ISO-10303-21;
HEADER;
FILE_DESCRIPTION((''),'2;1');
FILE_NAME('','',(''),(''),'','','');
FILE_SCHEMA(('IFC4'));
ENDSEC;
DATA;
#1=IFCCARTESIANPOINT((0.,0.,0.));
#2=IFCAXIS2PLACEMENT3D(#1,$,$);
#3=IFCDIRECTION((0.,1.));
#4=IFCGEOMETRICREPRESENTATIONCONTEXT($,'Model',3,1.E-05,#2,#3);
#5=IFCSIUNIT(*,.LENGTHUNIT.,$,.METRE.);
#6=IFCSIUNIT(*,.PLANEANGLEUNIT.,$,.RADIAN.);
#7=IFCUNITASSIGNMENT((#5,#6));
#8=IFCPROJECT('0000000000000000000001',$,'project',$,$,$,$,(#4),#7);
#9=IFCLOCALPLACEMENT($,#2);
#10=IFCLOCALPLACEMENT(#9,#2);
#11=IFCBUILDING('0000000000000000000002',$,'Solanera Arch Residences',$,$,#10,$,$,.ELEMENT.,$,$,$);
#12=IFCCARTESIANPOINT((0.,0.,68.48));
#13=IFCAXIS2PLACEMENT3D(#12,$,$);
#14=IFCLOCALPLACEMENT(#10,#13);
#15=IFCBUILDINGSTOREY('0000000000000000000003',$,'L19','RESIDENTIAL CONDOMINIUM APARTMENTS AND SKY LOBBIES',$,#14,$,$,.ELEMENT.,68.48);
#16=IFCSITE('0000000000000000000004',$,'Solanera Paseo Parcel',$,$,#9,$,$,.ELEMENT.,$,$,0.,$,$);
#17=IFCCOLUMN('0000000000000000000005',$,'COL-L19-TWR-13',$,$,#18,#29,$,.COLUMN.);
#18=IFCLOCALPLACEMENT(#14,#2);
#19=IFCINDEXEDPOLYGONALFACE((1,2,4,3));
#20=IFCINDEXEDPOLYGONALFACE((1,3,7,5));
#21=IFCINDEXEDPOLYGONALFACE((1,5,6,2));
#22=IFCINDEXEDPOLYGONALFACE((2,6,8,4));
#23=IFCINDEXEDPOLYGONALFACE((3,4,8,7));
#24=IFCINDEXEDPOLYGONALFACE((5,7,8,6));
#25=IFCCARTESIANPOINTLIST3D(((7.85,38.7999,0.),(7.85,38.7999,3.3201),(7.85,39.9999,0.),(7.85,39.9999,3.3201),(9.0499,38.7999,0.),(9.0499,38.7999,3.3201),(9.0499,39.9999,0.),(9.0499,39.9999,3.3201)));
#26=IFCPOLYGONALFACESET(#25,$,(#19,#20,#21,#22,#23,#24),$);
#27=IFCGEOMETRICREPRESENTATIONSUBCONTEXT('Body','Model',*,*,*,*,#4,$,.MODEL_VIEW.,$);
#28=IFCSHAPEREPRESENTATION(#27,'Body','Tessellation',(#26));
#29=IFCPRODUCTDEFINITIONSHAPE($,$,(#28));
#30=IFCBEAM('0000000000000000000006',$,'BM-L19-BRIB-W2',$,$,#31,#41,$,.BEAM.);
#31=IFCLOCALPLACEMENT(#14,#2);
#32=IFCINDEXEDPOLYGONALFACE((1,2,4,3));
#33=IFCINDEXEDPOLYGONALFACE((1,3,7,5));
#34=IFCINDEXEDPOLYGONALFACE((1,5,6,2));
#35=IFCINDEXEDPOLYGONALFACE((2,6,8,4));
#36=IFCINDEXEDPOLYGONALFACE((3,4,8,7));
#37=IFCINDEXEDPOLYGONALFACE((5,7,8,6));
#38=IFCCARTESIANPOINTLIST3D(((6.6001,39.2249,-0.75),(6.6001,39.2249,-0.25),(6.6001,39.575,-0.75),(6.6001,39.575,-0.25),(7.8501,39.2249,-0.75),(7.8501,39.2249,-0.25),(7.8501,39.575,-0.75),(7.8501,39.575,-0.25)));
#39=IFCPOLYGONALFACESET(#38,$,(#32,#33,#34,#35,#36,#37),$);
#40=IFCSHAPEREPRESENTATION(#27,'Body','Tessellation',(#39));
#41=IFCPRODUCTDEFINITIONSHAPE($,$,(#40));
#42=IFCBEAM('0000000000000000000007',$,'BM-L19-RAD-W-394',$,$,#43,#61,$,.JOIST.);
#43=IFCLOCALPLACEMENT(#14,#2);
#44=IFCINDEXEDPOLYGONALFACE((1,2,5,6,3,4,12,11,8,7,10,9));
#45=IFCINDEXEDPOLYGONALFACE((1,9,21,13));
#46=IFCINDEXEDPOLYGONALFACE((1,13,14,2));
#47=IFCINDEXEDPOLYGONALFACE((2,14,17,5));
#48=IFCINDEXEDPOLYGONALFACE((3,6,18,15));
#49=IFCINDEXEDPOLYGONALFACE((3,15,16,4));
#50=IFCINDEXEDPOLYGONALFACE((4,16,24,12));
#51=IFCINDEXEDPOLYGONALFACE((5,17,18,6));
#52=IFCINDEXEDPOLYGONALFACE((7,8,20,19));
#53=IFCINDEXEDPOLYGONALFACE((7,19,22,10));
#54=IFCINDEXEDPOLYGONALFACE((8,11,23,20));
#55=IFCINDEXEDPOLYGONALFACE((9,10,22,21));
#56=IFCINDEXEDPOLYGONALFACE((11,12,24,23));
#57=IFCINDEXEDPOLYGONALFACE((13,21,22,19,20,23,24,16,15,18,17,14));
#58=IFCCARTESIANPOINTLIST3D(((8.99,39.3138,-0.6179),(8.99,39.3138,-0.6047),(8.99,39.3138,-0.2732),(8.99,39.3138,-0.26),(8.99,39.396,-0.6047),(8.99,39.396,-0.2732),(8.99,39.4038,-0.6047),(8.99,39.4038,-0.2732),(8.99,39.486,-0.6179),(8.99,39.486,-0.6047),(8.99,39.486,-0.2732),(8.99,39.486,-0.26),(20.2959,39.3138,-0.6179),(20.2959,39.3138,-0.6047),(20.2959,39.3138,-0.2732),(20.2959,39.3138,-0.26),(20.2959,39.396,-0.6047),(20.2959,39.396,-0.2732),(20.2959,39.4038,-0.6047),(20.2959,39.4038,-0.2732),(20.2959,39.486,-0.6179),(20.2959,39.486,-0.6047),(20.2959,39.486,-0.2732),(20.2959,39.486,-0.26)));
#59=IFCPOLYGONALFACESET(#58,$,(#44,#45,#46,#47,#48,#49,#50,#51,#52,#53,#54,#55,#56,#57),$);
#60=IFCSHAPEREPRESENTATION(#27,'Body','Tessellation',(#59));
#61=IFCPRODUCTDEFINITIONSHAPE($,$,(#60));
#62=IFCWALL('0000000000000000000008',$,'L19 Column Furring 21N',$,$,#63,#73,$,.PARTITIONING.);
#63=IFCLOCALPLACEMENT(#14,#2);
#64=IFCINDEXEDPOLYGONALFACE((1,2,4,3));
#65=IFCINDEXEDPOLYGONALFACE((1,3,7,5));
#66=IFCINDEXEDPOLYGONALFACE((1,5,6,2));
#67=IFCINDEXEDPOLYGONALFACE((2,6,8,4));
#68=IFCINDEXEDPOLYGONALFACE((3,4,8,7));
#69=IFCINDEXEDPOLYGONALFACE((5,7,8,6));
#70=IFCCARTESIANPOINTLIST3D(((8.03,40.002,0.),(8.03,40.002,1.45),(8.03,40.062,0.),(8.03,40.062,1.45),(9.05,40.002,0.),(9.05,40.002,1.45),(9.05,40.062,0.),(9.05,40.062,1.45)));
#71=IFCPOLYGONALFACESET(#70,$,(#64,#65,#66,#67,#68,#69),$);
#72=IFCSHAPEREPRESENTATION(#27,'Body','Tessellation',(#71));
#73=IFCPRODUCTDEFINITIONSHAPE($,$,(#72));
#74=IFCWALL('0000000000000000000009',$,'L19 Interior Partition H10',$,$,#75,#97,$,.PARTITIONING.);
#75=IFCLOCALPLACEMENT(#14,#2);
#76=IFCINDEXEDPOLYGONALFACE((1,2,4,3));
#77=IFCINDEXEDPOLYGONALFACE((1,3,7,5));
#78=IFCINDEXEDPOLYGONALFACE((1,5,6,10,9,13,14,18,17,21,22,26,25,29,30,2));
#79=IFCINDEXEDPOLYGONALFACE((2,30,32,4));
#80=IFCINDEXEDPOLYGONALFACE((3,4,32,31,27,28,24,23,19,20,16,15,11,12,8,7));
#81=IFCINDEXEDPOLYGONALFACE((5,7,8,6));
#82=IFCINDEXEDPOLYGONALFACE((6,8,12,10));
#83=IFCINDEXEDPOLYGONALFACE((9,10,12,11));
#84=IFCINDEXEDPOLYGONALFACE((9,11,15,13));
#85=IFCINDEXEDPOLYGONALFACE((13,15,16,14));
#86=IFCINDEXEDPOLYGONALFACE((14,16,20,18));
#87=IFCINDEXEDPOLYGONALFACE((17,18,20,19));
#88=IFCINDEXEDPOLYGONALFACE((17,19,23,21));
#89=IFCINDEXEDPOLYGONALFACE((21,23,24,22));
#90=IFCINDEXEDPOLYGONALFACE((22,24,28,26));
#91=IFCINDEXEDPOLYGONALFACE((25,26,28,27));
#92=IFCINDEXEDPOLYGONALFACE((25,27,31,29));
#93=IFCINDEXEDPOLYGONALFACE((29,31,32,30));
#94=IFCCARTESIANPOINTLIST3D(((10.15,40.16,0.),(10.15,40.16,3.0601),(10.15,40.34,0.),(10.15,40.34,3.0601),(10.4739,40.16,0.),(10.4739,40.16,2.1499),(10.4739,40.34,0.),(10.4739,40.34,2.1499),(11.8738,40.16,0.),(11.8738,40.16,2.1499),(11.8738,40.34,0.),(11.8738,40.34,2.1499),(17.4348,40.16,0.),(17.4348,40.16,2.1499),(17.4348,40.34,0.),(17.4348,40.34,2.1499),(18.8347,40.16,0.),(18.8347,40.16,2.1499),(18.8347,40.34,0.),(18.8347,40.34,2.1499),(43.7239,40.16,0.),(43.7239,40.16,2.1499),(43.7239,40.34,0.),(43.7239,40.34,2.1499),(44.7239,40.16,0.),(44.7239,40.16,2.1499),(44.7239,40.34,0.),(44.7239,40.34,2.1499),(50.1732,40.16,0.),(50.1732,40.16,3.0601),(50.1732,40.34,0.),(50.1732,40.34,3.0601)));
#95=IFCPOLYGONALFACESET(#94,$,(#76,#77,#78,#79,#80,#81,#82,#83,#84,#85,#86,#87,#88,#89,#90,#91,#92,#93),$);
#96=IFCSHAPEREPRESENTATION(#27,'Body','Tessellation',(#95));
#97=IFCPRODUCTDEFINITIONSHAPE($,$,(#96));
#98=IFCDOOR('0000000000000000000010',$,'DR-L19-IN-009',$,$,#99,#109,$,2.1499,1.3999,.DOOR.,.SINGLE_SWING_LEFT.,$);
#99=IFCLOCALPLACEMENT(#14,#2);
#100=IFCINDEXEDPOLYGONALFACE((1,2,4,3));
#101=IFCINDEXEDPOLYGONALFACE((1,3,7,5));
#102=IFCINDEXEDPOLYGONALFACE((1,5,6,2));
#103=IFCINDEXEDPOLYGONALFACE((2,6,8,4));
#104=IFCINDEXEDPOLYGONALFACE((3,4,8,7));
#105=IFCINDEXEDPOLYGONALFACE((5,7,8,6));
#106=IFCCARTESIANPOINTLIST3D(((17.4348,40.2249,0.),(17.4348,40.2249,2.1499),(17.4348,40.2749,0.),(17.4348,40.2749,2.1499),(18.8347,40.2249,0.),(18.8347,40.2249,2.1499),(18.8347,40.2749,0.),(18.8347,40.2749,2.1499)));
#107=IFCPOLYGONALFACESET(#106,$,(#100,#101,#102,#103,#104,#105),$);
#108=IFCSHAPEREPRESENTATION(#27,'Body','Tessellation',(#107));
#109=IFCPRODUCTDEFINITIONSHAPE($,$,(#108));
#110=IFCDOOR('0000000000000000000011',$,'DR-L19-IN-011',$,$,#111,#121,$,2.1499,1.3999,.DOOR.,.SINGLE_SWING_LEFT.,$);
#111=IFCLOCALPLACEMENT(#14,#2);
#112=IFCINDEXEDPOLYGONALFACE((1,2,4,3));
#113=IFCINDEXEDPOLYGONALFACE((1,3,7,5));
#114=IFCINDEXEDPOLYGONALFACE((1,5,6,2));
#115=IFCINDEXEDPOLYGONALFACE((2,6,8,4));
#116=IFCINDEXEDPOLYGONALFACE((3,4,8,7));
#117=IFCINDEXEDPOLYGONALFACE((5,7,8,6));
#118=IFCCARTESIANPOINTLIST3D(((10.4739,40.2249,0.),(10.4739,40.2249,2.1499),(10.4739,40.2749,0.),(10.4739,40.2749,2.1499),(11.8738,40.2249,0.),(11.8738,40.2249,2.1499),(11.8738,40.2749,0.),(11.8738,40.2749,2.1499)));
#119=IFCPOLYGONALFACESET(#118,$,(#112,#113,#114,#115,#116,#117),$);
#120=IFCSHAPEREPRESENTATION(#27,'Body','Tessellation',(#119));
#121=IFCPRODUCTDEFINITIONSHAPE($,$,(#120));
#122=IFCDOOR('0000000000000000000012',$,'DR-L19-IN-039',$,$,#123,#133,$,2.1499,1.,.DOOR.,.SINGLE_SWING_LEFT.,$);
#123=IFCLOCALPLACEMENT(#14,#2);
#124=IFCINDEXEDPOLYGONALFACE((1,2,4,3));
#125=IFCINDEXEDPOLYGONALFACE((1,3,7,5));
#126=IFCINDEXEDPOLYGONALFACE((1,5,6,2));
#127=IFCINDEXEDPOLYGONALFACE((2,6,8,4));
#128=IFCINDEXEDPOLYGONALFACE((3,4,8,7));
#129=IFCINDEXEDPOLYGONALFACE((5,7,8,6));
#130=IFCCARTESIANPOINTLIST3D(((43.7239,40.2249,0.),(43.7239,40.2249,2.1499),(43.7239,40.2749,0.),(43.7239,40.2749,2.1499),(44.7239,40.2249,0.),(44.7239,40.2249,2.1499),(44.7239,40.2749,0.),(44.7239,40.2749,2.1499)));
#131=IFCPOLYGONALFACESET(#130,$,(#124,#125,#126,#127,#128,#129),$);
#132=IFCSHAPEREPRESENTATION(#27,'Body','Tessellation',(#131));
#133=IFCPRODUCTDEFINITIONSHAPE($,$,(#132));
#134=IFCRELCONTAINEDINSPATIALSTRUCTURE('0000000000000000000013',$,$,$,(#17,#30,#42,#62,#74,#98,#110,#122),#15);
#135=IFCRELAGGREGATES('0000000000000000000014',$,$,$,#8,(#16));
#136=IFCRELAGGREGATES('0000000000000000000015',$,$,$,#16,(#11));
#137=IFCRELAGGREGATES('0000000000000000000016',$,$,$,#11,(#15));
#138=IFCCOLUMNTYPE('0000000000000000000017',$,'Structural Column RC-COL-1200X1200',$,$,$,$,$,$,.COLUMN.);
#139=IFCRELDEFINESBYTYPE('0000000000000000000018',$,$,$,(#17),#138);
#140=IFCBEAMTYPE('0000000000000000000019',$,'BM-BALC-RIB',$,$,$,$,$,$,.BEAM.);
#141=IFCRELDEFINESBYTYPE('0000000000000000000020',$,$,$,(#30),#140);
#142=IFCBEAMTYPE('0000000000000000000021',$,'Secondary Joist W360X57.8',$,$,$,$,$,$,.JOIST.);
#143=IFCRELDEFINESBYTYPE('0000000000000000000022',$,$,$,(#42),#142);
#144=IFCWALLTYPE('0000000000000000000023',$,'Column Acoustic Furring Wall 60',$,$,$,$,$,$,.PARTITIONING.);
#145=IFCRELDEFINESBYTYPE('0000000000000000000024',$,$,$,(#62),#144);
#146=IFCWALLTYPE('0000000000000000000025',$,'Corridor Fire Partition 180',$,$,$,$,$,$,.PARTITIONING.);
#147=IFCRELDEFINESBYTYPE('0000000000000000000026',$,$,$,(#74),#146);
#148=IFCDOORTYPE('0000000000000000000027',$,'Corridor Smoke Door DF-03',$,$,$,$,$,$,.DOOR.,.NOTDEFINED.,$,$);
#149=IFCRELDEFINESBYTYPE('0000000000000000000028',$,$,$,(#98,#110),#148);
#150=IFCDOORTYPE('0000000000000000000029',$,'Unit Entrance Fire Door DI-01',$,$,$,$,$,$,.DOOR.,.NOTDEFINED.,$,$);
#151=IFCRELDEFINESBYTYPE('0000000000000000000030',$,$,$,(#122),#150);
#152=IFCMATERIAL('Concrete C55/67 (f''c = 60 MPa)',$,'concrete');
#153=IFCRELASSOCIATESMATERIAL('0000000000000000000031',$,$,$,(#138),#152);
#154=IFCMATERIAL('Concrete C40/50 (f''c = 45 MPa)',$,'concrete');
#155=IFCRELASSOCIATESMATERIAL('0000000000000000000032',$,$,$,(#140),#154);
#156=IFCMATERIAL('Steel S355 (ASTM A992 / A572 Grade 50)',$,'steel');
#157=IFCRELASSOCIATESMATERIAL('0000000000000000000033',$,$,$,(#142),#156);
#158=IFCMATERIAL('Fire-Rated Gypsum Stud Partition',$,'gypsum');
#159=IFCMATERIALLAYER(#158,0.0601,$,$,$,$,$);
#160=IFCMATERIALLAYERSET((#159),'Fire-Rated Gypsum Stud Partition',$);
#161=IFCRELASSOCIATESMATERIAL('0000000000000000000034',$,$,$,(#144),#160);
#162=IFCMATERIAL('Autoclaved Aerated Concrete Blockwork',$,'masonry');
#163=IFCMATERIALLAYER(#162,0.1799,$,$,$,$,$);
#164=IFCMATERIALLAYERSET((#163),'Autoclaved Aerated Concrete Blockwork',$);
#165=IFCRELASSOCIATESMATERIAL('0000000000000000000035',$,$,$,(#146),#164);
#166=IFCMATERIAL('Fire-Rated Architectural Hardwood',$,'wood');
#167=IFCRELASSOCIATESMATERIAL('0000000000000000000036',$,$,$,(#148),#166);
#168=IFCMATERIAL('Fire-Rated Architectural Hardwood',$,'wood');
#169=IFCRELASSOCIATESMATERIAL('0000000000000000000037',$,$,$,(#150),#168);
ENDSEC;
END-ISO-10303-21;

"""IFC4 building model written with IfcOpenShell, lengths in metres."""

from ifc_helpers import new_model, si_unit, direction, frame, frame_2d, origin, origin_2d, place, context, subcontext, project, spatial, rectangle, i_section, extrude, material, layer, layer_set, material_profile, profile_set, type_object, element, fill, save


model = new_model("IFC4")

# Units and contexts
model_context = context("Model", 3, precision=1e-05, world=origin(), true_north=direction((0.0, 1.0)))
body_context = subcontext(model_context, "Body", "Model", "MODEL_VIEW")
ifc_project = project(units=[si_unit("LENGTHUNIT", "METRE"), si_unit("PLANEANGLEUNIT", "RADIAN")], contexts=[model_context])

# Site, building, storey
site_placement = place(None, origin())
site = spatial("IfcSite", under=ifc_project, at=site_placement, Name="Solanera Paseo Parcel", CompositionType="ELEMENT", RefElevation=0.0)
building_placement = place(site_placement, origin())
building = spatial("IfcBuilding", under=site, at=building_placement, Name="Solanera Arch Residences", CompositionType="ELEMENT")
storey_placement = place(building_placement, frame((0.0, 0.0, 68.48)))
storey = spatial("IfcBuildingStorey", under=building, at=storey_placement, Name="L19", Description="RESIDENTIAL CONDOMINIUM APARTMENTS AND SKY LOBBIES", CompositionType="ELEMENT", Elevation=68.48)

# Column
ifc_material_1 = material(Name="Concrete C55/67 (f'c = 60 MPa)", Category="concrete")
ifc_material_profile_1 = material_profile(ifc_material_1, rectangle(XDim=1.2, YDim=1.2, at=origin_2d()))
ifc_profile_set_1 = profile_set([ifc_material_profile_1], Name="Concrete C55/67 (f'c = 60 MPa)")
column_type = type_object("IfcColumnType", Name="Structural Column RC-COL-1200X1200", PredefinedType="COLUMN", material=ifc_profile_set_1)
column_placement = place(storey_placement, frame((8.45, 39.3999, 0.0), z_axis=(0.0, 0.0, 1.0), x_axis=(1.0, 0.0, 0.0)))
element("IfcColumn", 1, at=column_placement, inside=storey, type_object=column_type, Name="COL-L19-TWR-13", PredefinedType="COLUMN", context=body_context, shape_type="SweptSolid", body=[
    extrude(rectangle(XDim=1.2, YDim=1.2, at=origin_2d()), origin(), (0.0, 0.0, 1.0), 3.3201),
])

# Beams
ifc_material_2 = material(Name="Concrete C40/50 (f'c = 45 MPa)", Category="concrete")
ifc_material_profile_2 = material_profile(ifc_material_2, rectangle(XDim=0.3501, YDim=0.5, at=origin_2d()))
ifc_profile_set_2 = profile_set([ifc_material_profile_2], Name="Concrete C40/50 (f'c = 45 MPa)")
beam_type_1 = type_object("IfcBeamType", Name="BM-BALC-RIB", PredefinedType="BEAM", material=ifc_profile_set_2)
beam_1_placement = place(storey_placement, frame((6.6001, 39.3999, -0.5), z_axis=(1.0, 0.0, 0.0), x_axis=(0.0, 1.0, 0.0)))
element("IfcBeam", 2, at=beam_1_placement, inside=storey, type_object=beam_type_1, Name="BM-L19-BRIB-W2", PredefinedType="BEAM", context=body_context, shape_type="SweptSolid", body=[
    extrude(rectangle(XDim=0.3501, YDim=0.5, at=origin_2d()), origin(), (0.0, 0.0, 1.0), 1.25),
])
ifc_material_3 = material(Name="Steel S355 (ASTM A992 / A572 Grade 50)", Category="steel")
ifc_material_profile_3 = material_profile(ifc_material_3, i_section(OverallWidth=0.1721, OverallDepth=0.3579, WebThickness=0.0078, FlangeThickness=0.0132, at=origin_2d()))
ifc_profile_set_3 = profile_set([ifc_material_profile_3], Name="Steel S355 (ASTM A992 / A572 Grade 50)")
beam_type_2 = type_object("IfcBeamType", Name="Secondary Joist W360X57.8", PredefinedType="JOIST", material=ifc_profile_set_3)
beam_2_placement = place(storey_placement, frame((8.99, 39.3999, -0.439), z_axis=(1.0, 0.0, 0.0), x_axis=(0.0, 1.0, 0.0)))
element("IfcBeam", 3, at=beam_2_placement, inside=storey, type_object=beam_type_2, Name="BM-L19-RAD-W-394", PredefinedType="JOIST", context=body_context, shape_type="SweptSolid", body=[
    extrude(i_section(OverallWidth=0.1721, OverallDepth=0.3579, WebThickness=0.0078, FlangeThickness=0.0132, at=origin_2d()), origin(), (0.0, 0.0, 1.0), 11.3059),
])

# Wall
ifc_material_4 = material(Name="Fire-Rated Gypsum Stud Partition", Category="gypsum")
ifc_layer_1 = layer(ifc_material_4, 0.0601)
ifc_layer_set_1 = layer_set([ifc_layer_1], Name="Fire-Rated Gypsum Stud Partition")
wall_type_1 = type_object("IfcWallType", Name="Column Acoustic Furring Wall 60", PredefinedType="PARTITIONING", material=ifc_layer_set_1)
wall_1_placement = place(storey_placement, frame((8.03, 40.032, 0.0), z_axis=(0.0, 0.0, 1.0), x_axis=(1.0, 0.0, 0.0)))
element("IfcWall", 4, at=wall_1_placement, inside=storey, type_object=wall_type_1, Name="L19 Column Furring 21N", PredefinedType="PARTITIONING", context=body_context, shape_type="SweptSolid", body=[
    extrude(rectangle(XDim=1.02, YDim=0.0601, at=frame_2d((0.51, 0.0))), origin(), (0.0, 0.0, 1.0), 1.45),
])

# Wall, openings, doors
ifc_material_5 = material(Name="Autoclaved Aerated Concrete Blockwork", Category="masonry")
ifc_layer_2 = layer(ifc_material_5, 0.1799)
ifc_layer_set_2 = layer_set([ifc_layer_2], Name="Autoclaved Aerated Concrete Blockwork")
wall_type_2 = type_object("IfcWallType", Name="Corridor Fire Partition 180", PredefinedType="PARTITIONING", material=ifc_layer_set_2)
wall_2_placement = place(storey_placement, frame((10.1499, 40.25, 0.0), z_axis=(0.0, 0.0, 1.0), x_axis=(1.0, 0.0, 0.0)))
wall_2 = element("IfcWall", 5, at=wall_2_placement, inside=storey, type_object=wall_type_2, Name="L19 Interior Partition H10", PredefinedType="PARTITIONING", context=body_context, shape_type="SweptSolid", body=[
    extrude(rectangle(XDim=40.0232, YDim=0.1799, at=frame_2d((20.0117, 0.0))), origin(), (0.0, 0.0, 1.0), 3.0601),
])
opening_1_placement = place(wall_2_placement, frame((7.2849, 0.0, 0.0)))
opening_1 = element("IfcOpeningElement", 6, at=opening_1_placement, cuts=wall_2, PredefinedType="OPENING", context=body_context, shape_type="SweptSolid", body=[
    extrude(rectangle(XDim=1.3999, YDim=2.1499, at=frame_2d((0.7, 1.075))), frame((0.0, 0.1001, 0.0), z_axis=(0.0, -1.0, 0.0), x_axis=(1.0, 0.0, 0.0)), (0.0, 0.0, 1.0), 0.1999),
])
opening_2_placement = place(wall_2_placement, frame((0.324, 0.0, 0.0)))
opening_2 = element("IfcOpeningElement", 7, at=opening_2_placement, cuts=wall_2, PredefinedType="OPENING", context=body_context, shape_type="SweptSolid", body=[
    extrude(rectangle(XDim=1.3999, YDim=2.1499, at=frame_2d((0.7, 1.075))), frame((0.0, 0.1001, 0.0), z_axis=(0.0, -1.0, 0.0), x_axis=(1.0, 0.0, 0.0)), (0.0, 0.0, 1.0), 0.1999),
])
opening_3_placement = place(wall_2_placement, frame((33.574, 0.0, 0.0)))
opening_3 = element("IfcOpeningElement", 8, at=opening_3_placement, cuts=wall_2, PredefinedType="OPENING", context=body_context, shape_type="SweptSolid", body=[
    extrude(rectangle(XDim=1.0, YDim=2.1499, at=frame_2d((0.5, 1.075))), frame((0.0, 0.1001, 0.0), z_axis=(0.0, -1.0, 0.0), x_axis=(1.0, 0.0, 0.0)), (0.0, 0.0, 1.0), 0.1999),
])
ifc_material_6 = material(Name="Fire-Rated Architectural Hardwood", Category="wood")
door_type_1 = type_object("IfcDoorType", Name="Corridor Smoke Door DF-03", OperationType="NOTDEFINED", PredefinedType="DOOR", material=ifc_material_6)
door_1_placement = place(opening_1_placement, origin())
door_1 = element("IfcDoor", 9, at=door_1_placement, inside=storey, type_object=door_type_1, Name="DR-L19-IN-009", OperationType="SINGLE_SWING_LEFT", OverallHeight=2.1499, OverallWidth=1.3999, PredefinedType="DOOR", context=body_context, shape_type="SweptSolid", body=[
    extrude(rectangle(XDim=1.3999, YDim=2.1499, at=frame_2d((0.7, 1.075))), frame((0.0, 0.0249, 0.0), z_axis=(0.0, -1.0, 0.0), x_axis=(1.0, 0.0, 0.0)), (0.0, 0.0, 1.0), 0.05),
])
fill(opening_1, door_1)
door_2_placement = place(opening_2_placement, origin())
door_2 = element("IfcDoor", 10, at=door_2_placement, inside=storey, type_object=door_type_1, Name="DR-L19-IN-011", OperationType="SINGLE_SWING_LEFT", OverallHeight=2.1499, OverallWidth=1.3999, PredefinedType="DOOR", context=body_context, shape_type="SweptSolid", body=[
    extrude(rectangle(XDim=1.3999, YDim=2.1499, at=frame_2d((0.7, 1.075))), frame((0.0, 0.0249, 0.0), z_axis=(0.0, -1.0, 0.0), x_axis=(1.0, 0.0, 0.0)), (0.0, 0.0, 1.0), 0.05),
])
fill(opening_2, door_2)
ifc_material_7 = material(Name="Fire-Rated Architectural Hardwood", Category="wood")
door_type_2 = type_object("IfcDoorType", Name="Unit Entrance Fire Door DI-01", OperationType="NOTDEFINED", PredefinedType="DOOR", material=ifc_material_7)
door_3_placement = place(opening_3_placement, origin())
door_3 = element("IfcDoor", 11, at=door_3_placement, inside=storey, type_object=door_type_2, Name="DR-L19-IN-039", OperationType="SINGLE_SWING_LEFT", OverallHeight=2.1499, OverallWidth=1.0, PredefinedType="DOOR", context=body_context, shape_type="SweptSolid", body=[
    extrude(rectangle(XDim=1.0, YDim=2.1499, at=frame_2d((0.5, 1.075))), frame((0.0, 0.0249, 0.0), z_axis=(0.0, -1.0, 0.0), x_axis=(1.0, 0.0, 0.0)), (0.0, 0.0, 1.0), 0.05),
])
fill(opening_3, door_3)

save(model, "model.ifc")
